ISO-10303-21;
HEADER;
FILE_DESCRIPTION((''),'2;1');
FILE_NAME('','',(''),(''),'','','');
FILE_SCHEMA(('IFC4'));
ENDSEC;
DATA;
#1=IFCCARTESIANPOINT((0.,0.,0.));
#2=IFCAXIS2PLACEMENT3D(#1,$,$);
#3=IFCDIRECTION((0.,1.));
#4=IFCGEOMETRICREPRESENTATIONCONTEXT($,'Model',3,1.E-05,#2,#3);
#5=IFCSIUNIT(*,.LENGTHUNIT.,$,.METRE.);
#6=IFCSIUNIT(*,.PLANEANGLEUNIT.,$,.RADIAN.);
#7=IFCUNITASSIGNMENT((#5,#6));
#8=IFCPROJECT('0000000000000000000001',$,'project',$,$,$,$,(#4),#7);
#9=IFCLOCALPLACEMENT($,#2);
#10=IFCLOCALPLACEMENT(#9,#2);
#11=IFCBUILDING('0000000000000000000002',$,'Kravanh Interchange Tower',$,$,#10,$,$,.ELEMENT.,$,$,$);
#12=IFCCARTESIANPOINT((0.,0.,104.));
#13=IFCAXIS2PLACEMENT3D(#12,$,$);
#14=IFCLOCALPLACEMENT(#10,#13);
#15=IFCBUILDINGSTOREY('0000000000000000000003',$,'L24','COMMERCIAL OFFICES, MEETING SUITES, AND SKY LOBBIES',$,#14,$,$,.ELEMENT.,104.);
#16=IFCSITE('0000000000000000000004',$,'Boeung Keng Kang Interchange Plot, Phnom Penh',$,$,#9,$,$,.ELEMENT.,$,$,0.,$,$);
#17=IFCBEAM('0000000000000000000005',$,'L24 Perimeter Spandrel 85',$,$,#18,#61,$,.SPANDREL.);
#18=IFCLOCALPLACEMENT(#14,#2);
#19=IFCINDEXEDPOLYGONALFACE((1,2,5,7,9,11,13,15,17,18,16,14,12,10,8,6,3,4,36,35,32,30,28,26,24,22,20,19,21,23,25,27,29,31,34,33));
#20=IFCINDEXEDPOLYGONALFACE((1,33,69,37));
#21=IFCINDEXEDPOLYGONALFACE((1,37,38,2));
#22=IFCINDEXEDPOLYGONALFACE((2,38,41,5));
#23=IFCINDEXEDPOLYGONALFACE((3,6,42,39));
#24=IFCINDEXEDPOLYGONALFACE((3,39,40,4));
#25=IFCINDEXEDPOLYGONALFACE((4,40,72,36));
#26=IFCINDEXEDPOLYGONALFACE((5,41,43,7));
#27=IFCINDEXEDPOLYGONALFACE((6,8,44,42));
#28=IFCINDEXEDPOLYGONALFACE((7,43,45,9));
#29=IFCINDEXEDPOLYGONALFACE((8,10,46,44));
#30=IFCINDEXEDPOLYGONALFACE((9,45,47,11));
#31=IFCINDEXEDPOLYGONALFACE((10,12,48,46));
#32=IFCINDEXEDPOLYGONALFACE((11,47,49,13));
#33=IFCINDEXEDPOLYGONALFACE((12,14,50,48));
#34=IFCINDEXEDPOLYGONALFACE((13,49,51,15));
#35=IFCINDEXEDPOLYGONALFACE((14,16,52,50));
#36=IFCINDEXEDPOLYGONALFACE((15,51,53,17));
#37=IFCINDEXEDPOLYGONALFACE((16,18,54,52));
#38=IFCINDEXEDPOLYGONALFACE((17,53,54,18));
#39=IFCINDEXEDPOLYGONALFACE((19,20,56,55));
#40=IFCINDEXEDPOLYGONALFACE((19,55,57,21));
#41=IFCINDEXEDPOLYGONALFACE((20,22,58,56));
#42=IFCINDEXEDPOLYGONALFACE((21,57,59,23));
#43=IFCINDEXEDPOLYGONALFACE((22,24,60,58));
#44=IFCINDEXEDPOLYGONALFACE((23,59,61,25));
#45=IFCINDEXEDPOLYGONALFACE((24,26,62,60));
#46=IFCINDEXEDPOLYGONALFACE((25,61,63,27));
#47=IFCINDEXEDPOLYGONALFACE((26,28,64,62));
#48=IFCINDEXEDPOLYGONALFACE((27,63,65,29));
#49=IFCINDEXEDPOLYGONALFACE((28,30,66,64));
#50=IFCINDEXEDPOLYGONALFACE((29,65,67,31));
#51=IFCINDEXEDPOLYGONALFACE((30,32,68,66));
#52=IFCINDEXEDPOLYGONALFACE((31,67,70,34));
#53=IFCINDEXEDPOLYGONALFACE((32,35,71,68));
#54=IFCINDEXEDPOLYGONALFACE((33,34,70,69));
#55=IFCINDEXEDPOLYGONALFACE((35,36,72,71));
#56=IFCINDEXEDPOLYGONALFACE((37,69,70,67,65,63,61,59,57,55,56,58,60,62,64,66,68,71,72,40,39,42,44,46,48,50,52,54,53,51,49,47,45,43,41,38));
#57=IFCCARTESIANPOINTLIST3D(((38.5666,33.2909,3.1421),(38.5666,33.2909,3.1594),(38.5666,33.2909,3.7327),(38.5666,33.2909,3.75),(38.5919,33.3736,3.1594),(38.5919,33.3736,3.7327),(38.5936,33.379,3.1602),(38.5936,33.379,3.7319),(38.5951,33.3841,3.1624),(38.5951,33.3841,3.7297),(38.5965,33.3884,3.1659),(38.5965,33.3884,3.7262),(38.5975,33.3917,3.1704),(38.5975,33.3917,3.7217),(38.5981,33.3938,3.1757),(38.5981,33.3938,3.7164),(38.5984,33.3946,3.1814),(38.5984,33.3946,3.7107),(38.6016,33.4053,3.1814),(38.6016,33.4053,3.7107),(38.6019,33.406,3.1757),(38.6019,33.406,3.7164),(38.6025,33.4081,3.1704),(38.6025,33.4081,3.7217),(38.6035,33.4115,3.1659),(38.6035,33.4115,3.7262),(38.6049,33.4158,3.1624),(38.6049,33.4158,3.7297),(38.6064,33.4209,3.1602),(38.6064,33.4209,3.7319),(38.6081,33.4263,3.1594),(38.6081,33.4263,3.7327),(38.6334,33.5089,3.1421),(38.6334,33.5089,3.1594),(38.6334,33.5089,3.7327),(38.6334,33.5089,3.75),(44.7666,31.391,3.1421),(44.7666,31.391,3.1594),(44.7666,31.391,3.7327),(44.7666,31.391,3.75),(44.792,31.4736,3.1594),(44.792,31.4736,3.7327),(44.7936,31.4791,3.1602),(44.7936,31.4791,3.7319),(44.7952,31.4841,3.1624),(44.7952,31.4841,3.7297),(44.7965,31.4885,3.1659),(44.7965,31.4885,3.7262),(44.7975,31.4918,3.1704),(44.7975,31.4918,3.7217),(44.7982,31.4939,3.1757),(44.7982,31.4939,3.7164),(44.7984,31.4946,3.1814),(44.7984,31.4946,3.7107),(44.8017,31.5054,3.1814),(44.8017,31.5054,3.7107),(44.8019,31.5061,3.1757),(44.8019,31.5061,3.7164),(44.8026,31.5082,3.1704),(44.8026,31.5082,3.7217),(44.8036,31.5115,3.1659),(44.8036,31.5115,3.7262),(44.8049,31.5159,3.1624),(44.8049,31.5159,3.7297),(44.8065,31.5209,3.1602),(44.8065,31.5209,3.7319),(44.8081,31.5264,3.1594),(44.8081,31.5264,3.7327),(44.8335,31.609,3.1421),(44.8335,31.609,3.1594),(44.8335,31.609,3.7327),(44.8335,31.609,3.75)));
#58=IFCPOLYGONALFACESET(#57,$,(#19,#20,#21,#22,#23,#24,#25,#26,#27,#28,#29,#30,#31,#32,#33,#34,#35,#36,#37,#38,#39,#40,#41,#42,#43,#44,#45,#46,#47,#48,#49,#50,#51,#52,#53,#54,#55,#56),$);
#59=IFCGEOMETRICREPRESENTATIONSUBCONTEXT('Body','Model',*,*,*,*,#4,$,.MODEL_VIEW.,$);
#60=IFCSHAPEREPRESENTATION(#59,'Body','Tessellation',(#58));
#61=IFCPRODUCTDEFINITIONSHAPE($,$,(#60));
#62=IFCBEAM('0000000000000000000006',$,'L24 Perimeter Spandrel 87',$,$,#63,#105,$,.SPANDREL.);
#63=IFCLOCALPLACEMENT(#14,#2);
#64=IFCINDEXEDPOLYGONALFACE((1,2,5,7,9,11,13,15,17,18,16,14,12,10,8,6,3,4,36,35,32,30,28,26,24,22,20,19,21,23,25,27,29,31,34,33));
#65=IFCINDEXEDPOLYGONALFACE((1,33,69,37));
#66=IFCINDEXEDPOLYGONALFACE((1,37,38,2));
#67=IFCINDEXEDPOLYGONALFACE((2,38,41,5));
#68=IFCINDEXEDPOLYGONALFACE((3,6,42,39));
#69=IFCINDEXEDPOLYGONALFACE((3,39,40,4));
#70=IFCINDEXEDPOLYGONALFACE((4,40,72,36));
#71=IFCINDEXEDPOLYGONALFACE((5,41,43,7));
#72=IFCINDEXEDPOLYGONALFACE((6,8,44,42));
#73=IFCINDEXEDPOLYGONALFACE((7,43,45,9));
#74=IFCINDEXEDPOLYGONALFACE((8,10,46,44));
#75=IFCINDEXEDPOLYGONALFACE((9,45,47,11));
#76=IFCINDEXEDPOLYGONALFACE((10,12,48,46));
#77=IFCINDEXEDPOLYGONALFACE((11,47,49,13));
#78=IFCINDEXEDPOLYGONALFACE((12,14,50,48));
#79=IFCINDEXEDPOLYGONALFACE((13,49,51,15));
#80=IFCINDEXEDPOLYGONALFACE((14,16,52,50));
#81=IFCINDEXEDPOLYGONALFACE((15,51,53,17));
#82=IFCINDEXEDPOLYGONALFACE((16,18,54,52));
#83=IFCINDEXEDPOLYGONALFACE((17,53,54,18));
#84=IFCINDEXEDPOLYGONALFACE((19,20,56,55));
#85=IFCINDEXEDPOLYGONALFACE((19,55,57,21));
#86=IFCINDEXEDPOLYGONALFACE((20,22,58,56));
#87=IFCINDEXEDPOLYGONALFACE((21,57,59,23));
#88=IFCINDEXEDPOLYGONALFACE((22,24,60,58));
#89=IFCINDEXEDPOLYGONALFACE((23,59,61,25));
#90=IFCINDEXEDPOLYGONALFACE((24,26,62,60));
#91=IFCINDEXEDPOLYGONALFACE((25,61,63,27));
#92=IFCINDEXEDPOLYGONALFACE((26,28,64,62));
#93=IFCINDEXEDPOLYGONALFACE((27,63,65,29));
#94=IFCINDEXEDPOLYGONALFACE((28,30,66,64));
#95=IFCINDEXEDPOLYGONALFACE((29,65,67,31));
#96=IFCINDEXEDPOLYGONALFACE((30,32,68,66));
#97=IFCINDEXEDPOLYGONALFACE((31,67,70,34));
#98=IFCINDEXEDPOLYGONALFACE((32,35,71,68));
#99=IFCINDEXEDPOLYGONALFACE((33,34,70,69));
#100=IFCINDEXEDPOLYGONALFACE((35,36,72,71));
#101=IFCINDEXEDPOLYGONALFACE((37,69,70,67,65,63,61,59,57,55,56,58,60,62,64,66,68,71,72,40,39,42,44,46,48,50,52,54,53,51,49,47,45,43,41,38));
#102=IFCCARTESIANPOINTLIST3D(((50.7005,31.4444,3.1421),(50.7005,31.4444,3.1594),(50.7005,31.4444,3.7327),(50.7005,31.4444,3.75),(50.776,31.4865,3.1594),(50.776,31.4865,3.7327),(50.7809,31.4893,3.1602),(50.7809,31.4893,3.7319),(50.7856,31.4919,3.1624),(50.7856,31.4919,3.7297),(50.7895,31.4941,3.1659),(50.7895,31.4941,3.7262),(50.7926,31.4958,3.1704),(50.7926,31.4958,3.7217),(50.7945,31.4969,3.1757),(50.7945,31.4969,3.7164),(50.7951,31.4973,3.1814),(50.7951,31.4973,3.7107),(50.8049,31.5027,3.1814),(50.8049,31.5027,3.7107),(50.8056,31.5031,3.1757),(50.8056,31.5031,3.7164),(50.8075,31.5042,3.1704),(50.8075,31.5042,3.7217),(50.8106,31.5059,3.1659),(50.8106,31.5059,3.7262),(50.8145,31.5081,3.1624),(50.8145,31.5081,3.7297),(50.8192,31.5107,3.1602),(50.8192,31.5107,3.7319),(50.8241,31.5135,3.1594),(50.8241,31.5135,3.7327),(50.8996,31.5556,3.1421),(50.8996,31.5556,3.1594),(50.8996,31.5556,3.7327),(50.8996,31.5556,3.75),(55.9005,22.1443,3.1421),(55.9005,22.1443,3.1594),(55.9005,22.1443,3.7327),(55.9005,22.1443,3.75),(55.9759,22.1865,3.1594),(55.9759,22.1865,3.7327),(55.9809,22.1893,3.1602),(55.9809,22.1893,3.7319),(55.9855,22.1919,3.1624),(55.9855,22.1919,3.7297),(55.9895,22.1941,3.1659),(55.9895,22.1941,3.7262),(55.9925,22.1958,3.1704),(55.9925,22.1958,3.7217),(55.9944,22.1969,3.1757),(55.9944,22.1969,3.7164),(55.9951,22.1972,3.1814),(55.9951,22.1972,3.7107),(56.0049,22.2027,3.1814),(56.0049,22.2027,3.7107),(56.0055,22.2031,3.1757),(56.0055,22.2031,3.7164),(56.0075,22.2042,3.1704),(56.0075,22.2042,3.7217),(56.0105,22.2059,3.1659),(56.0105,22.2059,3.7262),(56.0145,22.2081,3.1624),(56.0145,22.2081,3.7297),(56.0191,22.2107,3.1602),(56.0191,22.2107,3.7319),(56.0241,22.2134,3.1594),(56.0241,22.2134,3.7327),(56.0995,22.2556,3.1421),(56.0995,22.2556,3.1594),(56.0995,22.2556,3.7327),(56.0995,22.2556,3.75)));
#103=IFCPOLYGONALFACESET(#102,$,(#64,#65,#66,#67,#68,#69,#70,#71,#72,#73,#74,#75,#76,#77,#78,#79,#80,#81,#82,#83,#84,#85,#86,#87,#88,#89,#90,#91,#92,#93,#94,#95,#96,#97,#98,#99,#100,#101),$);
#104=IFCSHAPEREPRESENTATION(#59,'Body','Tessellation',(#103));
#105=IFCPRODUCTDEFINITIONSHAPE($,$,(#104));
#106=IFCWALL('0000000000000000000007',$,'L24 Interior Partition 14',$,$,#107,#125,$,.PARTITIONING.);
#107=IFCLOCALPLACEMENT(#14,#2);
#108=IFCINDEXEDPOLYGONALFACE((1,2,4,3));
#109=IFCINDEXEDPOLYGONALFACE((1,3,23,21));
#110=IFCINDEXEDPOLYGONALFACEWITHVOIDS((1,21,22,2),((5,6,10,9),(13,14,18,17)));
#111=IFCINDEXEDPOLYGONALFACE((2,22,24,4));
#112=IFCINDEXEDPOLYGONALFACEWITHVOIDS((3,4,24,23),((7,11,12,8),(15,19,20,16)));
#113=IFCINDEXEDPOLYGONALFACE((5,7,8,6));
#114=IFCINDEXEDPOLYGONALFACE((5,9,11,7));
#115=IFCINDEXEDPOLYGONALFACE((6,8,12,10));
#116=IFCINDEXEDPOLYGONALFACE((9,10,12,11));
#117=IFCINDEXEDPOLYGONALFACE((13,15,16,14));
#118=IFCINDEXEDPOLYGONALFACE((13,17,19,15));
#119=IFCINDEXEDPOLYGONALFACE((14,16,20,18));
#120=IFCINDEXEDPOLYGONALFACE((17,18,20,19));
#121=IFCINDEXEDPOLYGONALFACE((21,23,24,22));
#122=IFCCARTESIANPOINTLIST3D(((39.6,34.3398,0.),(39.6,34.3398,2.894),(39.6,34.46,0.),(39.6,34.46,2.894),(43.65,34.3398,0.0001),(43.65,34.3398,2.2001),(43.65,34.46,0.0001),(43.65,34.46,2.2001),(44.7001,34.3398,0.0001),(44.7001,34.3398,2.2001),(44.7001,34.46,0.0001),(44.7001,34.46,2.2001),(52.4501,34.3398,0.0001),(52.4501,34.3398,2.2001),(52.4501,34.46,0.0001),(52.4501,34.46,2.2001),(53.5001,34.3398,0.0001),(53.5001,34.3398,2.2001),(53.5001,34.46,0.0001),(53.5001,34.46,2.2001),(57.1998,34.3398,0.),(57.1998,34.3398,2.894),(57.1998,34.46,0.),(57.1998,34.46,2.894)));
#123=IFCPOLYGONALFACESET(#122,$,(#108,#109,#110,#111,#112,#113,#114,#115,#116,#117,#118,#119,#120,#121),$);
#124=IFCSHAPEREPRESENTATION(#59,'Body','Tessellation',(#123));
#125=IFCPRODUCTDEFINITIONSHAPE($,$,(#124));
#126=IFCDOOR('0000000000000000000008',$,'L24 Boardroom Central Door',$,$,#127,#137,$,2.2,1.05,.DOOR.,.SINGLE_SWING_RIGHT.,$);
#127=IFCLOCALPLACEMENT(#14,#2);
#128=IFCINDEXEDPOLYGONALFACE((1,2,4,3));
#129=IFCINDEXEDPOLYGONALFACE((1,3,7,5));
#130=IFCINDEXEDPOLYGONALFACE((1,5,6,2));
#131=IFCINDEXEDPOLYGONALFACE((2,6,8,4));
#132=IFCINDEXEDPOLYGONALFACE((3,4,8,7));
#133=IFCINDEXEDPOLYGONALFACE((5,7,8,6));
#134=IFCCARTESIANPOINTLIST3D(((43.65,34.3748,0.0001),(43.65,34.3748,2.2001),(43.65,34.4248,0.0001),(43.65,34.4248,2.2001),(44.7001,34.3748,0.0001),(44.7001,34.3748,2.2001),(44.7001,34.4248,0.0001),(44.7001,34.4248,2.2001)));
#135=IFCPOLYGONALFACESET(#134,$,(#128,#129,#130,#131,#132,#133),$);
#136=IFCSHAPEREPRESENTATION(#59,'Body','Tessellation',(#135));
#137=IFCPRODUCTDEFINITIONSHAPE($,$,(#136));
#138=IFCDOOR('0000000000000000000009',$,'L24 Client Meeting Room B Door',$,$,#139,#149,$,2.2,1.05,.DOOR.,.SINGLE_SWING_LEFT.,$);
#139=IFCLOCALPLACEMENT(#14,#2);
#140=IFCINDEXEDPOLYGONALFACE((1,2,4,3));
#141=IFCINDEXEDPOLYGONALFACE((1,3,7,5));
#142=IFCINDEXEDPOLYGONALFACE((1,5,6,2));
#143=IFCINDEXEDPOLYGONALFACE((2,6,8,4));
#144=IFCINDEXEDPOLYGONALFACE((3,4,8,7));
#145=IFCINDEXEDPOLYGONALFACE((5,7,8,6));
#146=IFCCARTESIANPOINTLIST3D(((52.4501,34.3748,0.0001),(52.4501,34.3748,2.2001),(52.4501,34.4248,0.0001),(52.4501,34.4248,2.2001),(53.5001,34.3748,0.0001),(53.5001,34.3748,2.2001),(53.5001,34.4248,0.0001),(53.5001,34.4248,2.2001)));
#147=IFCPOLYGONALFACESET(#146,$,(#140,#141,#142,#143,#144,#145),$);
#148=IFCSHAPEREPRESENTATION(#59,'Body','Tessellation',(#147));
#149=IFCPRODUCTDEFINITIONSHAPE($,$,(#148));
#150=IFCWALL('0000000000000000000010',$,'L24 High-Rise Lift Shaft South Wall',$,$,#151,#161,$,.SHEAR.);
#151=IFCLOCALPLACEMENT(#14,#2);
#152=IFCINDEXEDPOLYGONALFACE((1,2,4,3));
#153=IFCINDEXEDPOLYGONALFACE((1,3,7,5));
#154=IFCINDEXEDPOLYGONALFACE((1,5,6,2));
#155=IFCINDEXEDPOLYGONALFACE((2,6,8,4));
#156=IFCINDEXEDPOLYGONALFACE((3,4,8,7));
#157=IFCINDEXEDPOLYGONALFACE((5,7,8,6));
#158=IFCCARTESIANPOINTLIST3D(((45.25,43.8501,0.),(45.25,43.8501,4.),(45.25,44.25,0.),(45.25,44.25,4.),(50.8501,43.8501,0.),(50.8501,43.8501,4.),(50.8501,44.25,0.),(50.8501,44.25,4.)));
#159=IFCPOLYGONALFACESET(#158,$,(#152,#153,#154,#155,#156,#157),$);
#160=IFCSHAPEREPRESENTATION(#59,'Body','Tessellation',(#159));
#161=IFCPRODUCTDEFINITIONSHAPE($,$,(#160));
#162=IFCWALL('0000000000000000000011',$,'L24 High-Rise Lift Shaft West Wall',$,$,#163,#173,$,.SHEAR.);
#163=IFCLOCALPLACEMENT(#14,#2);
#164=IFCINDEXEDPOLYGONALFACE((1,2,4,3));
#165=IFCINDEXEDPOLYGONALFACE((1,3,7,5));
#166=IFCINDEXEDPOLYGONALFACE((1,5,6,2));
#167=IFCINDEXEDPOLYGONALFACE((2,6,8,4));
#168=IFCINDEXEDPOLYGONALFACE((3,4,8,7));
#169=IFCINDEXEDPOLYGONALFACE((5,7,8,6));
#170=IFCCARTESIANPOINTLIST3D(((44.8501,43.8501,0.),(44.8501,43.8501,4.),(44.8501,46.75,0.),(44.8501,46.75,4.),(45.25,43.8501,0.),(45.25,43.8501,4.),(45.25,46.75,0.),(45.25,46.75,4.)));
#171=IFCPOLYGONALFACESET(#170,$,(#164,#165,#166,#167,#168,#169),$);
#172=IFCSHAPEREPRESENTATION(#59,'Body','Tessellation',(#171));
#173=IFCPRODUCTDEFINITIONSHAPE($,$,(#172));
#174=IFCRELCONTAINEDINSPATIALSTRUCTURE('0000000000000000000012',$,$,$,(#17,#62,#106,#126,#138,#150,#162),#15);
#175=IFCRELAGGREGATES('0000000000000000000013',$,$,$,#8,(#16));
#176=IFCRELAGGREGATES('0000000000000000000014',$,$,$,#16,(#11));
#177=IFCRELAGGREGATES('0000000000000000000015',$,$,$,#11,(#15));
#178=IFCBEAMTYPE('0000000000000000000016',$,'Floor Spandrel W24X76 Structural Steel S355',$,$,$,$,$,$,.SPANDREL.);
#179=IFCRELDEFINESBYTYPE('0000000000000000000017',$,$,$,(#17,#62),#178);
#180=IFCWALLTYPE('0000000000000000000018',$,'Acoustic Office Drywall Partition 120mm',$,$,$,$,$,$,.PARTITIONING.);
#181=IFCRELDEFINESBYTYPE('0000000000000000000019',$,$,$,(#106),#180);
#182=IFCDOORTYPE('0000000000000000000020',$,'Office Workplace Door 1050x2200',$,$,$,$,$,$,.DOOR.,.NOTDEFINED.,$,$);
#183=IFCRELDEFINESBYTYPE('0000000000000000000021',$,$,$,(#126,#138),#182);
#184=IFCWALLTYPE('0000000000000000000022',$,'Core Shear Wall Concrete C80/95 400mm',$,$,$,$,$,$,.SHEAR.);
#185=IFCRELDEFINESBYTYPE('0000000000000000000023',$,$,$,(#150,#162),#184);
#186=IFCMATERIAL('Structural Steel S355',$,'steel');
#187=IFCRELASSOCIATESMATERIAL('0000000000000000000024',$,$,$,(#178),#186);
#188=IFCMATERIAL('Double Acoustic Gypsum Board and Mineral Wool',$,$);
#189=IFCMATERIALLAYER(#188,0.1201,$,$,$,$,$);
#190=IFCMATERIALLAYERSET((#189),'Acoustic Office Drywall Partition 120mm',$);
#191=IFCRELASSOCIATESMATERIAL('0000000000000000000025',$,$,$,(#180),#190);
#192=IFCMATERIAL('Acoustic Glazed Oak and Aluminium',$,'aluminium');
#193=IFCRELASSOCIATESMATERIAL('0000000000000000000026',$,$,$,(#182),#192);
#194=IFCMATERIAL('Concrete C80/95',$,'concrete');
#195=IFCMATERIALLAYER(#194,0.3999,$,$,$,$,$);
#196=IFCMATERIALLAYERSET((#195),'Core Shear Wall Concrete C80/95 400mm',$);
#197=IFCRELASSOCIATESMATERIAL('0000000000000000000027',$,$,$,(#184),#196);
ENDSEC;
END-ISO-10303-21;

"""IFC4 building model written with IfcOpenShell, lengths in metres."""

from ifc_helpers import new_model, si_unit, direction, frame, frame_2d, origin, origin_2d, place, context, subcontext, project, spatial, rectangle, i_section, extrude, material, layer, layer_set, material_profile, profile_set, type_object, element, fill, save


model = new_model("IFC4")

# Units and contexts
model_context = context("Model", 3, precision=1e-05, world=origin(), true_north=direction((0.0, 1.0)))
body_context = subcontext(model_context, "Body", "Model", "MODEL_VIEW")
ifc_project = project(units=[si_unit("LENGTHUNIT", "METRE"), si_unit("PLANEANGLEUNIT", "RADIAN")], contexts=[model_context])

# Site, building, storey
site_placement = place(None, origin())
site = spatial("IfcSite", under=ifc_project, at=site_placement, Name="Boeung Keng Kang Interchange Plot, Phnom Penh", CompositionType="ELEMENT", RefElevation=0.0)
building_placement = place(site_placement, origin())
building = spatial("IfcBuilding", under=site, at=building_placement, Name="Kravanh Interchange Tower", CompositionType="ELEMENT")
storey_placement = place(building_placement, frame((0.0, 0.0, 104.0)))
storey = spatial("IfcBuildingStorey", under=building, at=storey_placement, Name="L24", Description="COMMERCIAL OFFICES, MEETING SUITES, AND SKY LOBBIES", CompositionType="ELEMENT", Elevation=104.0)

# Beams
ifc_material_1 = material(Name="Structural Steel S355", Category="steel")
ifc_material_profile_1 = material_profile(ifc_material_1, i_section(OverallWidth=0.228, OverallDepth=0.6079, WebThickness=0.0112, FlangeThickness=0.0173, FilletRadius=0.022, at=origin_2d()), Name="W24X76")
ifc_profile_set_1 = profile_set([ifc_material_profile_1], Name="Structural Steel S355")
beam_type_1 = type_object("IfcBeamType", Name="Floor Spandrel W24X76 Structural Steel S355", PredefinedType="SPANDREL", material=ifc_profile_set_1)
beam_1_placement = place(storey_placement, frame((44.8, 31.5, 3.446), z_axis=(-0.956115, 0.29299, 0.0), x_axis=(-0.29299, -0.956115, 0.0)))
element("IfcBeam", 1, at=beam_1_placement, inside=storey, type_object=beam_type_1, Name="L24 Perimeter Spandrel 85", PredefinedType="SPANDREL", context=body_context, shape_type="SweptSolid", body=[
    extrude(i_section(OverallWidth=0.228, OverallDepth=0.6079, WebThickness=0.0112, FlangeThickness=0.0173, FilletRadius=0.022, at=origin_2d()), origin(), (0.0, 0.0, 1.0), 6.4846),
])
beam_2_placement = place(storey_placement, frame((50.8, 31.5, 3.446), z_axis=(0.488026, -0.872829, 0.0), x_axis=(0.872829, 0.488026, 0.0)))
element("IfcBeam", 2, at=beam_2_placement, inside=storey, type_object=beam_type_1, Name="L24 Perimeter Spandrel 87", PredefinedType="SPANDREL", context=body_context, shape_type="SweptSolid", body=[
    extrude(i_section(OverallWidth=0.228, OverallDepth=0.6079, WebThickness=0.0112, FlangeThickness=0.0173, FilletRadius=0.022, at=origin_2d()), origin(), (0.0, 0.0, 1.0), 10.655),
])

# Wall, openings, doors
ifc_material_2 = material(Name="Double Acoustic Gypsum Board and Mineral Wool")
ifc_layer_1 = layer(ifc_material_2, 0.1201)
ifc_layer_set_1 = layer_set([ifc_layer_1], Name="Acoustic Office Drywall Partition 120mm")
wall_type_1 = type_object("IfcWallType", Name="Acoustic Office Drywall Partition 120mm", PredefinedType="PARTITIONING", material=ifc_layer_set_1)
wall_1_placement = place(storey_placement, frame((39.6001, 34.3999, 0.0), z_axis=(0.0, 0.0, 1.0), x_axis=(1.0, 0.0, 0.0)))
wall_1 = element("IfcWall", 3, at=wall_1_placement, inside=storey, type_object=wall_type_1, Name="L24 Interior Partition 14", PredefinedType="PARTITIONING", context=body_context, shape_type="SweptSolid", body=[
    extrude(rectangle(XDim=17.5999, YDim=0.1201, at=frame_2d((8.7998, 0.0))), origin(), (0.0, 0.0, 1.0), 2.894),
])
opening_1_placement = place(wall_1_placement, frame((4.05, 0.0, 0.0)))
opening_1 = element("IfcOpeningElement", 4, at=opening_1_placement, cuts=wall_1, PredefinedType="OPENING", context=body_context, shape_type="SweptSolid", body=[
    extrude(rectangle(XDim=1.05, YDim=2.2, at=frame_2d((0.5249, 1.1001))), frame((0.0, 0.0701, 0.0), z_axis=(0.0, -1.0, 0.0), x_axis=(1.0, 0.0, 0.0)), (0.0, 0.0, 1.0), 0.1401),
])
opening_2_placement = place(wall_1_placement, frame((12.8501, 0.0, 0.0)))
opening_2 = element("IfcOpeningElement", 5, at=opening_2_placement, cuts=wall_1, PredefinedType="OPENING", context=body_context, shape_type="SweptSolid", body=[
    extrude(rectangle(XDim=1.05, YDim=2.2, at=frame_2d((0.5249, 1.1001))), frame((0.0, 0.0701, 0.0), z_axis=(0.0, -1.0, 0.0), x_axis=(1.0, 0.0, 0.0)), (0.0, 0.0, 1.0), 0.1401),
])
ifc_material_3 = material(Name="Acoustic Glazed Oak and Aluminium", Category="aluminium")
door_type_1 = type_object("IfcDoorType", Name="Office Workplace Door 1050x2200", OperationType="NOTDEFINED", PredefinedType="DOOR", material=ifc_material_3)
door_1_placement = place(opening_1_placement, origin())
door_1 = element("IfcDoor", 6, at=door_1_placement, inside=storey, type_object=door_type_1, Name="L24 Boardroom Central Door", OperationType="SINGLE_SWING_RIGHT", OverallHeight=2.2, OverallWidth=1.05, PredefinedType="DOOR", context=body_context, shape_type="SweptSolid", body=[
    extrude(rectangle(XDim=1.05, YDim=2.2, at=frame_2d((0.5249, 1.1001))), frame((0.0, 0.0249, 0.0), z_axis=(0.0, -1.0, 0.0), x_axis=(1.0, 0.0, 0.0)), (0.0, 0.0, 1.0), 0.05),
])
fill(opening_1, door_1)
door_2_placement = place(opening_2_placement, origin())
door_2 = element("IfcDoor", 7, at=door_2_placement, inside=storey, type_object=door_type_1, Name="L24 Client Meeting Room B Door", OperationType="SINGLE_SWING_LEFT", OverallHeight=2.2, OverallWidth=1.05, PredefinedType="DOOR", context=body_context, shape_type="SweptSolid", body=[
    extrude(rectangle(XDim=1.05, YDim=2.2, at=frame_2d((0.5249, 1.1001))), frame((0.0, 0.0249, 0.0), z_axis=(0.0, -1.0, 0.0), x_axis=(1.0, 0.0, 0.0)), (0.0, 0.0, 1.0), 0.05),
])
fill(opening_2, door_2)

# Walls
ifc_material_4 = material(Name="Concrete C80/95", Category="concrete")
ifc_layer_2 = layer(ifc_material_4, 0.3999)
ifc_layer_set_2 = layer_set([ifc_layer_2], Name="Core Shear Wall Concrete C80/95 400mm")
wall_type_2 = type_object("IfcWallType", Name="Core Shear Wall Concrete C80/95 400mm", PredefinedType="SHEAR", material=ifc_layer_set_2)
wall_2_placement = place(storey_placement, frame((45.25, 44.05, 0.0), z_axis=(0.0, 0.0, 1.0), x_axis=(1.0, 0.0, 0.0)))
element("IfcWall", 8, at=wall_2_placement, inside=storey, type_object=wall_type_2, Name="L24 High-Rise Lift Shaft South Wall", PredefinedType="SHEAR", context=body_context, shape_type="SweptSolid", body=[
    extrude(rectangle(XDim=5.6001, YDim=0.3999, at=frame_2d((2.8, 0.0))), origin(), (0.0, 0.0, 1.0), 4.0),
])
wall_3_placement = place(storey_placement, frame((45.05, 43.8501, 0.0), z_axis=(0.0, 0.0, 1.0), x_axis=(0.0, 1.0, 0.0)))
element("IfcWall", 9, at=wall_3_placement, inside=storey, type_object=wall_type_2, Name="L24 High-Rise Lift Shaft West Wall", PredefinedType="SHEAR", context=body_context, shape_type="SweptSolid", body=[
    extrude(rectangle(XDim=2.8999, YDim=0.3999, at=frame_2d((1.45, 0.0))), origin(), (0.0, 0.0, 1.0), 4.0),
])

save(model, "model.ifc")
